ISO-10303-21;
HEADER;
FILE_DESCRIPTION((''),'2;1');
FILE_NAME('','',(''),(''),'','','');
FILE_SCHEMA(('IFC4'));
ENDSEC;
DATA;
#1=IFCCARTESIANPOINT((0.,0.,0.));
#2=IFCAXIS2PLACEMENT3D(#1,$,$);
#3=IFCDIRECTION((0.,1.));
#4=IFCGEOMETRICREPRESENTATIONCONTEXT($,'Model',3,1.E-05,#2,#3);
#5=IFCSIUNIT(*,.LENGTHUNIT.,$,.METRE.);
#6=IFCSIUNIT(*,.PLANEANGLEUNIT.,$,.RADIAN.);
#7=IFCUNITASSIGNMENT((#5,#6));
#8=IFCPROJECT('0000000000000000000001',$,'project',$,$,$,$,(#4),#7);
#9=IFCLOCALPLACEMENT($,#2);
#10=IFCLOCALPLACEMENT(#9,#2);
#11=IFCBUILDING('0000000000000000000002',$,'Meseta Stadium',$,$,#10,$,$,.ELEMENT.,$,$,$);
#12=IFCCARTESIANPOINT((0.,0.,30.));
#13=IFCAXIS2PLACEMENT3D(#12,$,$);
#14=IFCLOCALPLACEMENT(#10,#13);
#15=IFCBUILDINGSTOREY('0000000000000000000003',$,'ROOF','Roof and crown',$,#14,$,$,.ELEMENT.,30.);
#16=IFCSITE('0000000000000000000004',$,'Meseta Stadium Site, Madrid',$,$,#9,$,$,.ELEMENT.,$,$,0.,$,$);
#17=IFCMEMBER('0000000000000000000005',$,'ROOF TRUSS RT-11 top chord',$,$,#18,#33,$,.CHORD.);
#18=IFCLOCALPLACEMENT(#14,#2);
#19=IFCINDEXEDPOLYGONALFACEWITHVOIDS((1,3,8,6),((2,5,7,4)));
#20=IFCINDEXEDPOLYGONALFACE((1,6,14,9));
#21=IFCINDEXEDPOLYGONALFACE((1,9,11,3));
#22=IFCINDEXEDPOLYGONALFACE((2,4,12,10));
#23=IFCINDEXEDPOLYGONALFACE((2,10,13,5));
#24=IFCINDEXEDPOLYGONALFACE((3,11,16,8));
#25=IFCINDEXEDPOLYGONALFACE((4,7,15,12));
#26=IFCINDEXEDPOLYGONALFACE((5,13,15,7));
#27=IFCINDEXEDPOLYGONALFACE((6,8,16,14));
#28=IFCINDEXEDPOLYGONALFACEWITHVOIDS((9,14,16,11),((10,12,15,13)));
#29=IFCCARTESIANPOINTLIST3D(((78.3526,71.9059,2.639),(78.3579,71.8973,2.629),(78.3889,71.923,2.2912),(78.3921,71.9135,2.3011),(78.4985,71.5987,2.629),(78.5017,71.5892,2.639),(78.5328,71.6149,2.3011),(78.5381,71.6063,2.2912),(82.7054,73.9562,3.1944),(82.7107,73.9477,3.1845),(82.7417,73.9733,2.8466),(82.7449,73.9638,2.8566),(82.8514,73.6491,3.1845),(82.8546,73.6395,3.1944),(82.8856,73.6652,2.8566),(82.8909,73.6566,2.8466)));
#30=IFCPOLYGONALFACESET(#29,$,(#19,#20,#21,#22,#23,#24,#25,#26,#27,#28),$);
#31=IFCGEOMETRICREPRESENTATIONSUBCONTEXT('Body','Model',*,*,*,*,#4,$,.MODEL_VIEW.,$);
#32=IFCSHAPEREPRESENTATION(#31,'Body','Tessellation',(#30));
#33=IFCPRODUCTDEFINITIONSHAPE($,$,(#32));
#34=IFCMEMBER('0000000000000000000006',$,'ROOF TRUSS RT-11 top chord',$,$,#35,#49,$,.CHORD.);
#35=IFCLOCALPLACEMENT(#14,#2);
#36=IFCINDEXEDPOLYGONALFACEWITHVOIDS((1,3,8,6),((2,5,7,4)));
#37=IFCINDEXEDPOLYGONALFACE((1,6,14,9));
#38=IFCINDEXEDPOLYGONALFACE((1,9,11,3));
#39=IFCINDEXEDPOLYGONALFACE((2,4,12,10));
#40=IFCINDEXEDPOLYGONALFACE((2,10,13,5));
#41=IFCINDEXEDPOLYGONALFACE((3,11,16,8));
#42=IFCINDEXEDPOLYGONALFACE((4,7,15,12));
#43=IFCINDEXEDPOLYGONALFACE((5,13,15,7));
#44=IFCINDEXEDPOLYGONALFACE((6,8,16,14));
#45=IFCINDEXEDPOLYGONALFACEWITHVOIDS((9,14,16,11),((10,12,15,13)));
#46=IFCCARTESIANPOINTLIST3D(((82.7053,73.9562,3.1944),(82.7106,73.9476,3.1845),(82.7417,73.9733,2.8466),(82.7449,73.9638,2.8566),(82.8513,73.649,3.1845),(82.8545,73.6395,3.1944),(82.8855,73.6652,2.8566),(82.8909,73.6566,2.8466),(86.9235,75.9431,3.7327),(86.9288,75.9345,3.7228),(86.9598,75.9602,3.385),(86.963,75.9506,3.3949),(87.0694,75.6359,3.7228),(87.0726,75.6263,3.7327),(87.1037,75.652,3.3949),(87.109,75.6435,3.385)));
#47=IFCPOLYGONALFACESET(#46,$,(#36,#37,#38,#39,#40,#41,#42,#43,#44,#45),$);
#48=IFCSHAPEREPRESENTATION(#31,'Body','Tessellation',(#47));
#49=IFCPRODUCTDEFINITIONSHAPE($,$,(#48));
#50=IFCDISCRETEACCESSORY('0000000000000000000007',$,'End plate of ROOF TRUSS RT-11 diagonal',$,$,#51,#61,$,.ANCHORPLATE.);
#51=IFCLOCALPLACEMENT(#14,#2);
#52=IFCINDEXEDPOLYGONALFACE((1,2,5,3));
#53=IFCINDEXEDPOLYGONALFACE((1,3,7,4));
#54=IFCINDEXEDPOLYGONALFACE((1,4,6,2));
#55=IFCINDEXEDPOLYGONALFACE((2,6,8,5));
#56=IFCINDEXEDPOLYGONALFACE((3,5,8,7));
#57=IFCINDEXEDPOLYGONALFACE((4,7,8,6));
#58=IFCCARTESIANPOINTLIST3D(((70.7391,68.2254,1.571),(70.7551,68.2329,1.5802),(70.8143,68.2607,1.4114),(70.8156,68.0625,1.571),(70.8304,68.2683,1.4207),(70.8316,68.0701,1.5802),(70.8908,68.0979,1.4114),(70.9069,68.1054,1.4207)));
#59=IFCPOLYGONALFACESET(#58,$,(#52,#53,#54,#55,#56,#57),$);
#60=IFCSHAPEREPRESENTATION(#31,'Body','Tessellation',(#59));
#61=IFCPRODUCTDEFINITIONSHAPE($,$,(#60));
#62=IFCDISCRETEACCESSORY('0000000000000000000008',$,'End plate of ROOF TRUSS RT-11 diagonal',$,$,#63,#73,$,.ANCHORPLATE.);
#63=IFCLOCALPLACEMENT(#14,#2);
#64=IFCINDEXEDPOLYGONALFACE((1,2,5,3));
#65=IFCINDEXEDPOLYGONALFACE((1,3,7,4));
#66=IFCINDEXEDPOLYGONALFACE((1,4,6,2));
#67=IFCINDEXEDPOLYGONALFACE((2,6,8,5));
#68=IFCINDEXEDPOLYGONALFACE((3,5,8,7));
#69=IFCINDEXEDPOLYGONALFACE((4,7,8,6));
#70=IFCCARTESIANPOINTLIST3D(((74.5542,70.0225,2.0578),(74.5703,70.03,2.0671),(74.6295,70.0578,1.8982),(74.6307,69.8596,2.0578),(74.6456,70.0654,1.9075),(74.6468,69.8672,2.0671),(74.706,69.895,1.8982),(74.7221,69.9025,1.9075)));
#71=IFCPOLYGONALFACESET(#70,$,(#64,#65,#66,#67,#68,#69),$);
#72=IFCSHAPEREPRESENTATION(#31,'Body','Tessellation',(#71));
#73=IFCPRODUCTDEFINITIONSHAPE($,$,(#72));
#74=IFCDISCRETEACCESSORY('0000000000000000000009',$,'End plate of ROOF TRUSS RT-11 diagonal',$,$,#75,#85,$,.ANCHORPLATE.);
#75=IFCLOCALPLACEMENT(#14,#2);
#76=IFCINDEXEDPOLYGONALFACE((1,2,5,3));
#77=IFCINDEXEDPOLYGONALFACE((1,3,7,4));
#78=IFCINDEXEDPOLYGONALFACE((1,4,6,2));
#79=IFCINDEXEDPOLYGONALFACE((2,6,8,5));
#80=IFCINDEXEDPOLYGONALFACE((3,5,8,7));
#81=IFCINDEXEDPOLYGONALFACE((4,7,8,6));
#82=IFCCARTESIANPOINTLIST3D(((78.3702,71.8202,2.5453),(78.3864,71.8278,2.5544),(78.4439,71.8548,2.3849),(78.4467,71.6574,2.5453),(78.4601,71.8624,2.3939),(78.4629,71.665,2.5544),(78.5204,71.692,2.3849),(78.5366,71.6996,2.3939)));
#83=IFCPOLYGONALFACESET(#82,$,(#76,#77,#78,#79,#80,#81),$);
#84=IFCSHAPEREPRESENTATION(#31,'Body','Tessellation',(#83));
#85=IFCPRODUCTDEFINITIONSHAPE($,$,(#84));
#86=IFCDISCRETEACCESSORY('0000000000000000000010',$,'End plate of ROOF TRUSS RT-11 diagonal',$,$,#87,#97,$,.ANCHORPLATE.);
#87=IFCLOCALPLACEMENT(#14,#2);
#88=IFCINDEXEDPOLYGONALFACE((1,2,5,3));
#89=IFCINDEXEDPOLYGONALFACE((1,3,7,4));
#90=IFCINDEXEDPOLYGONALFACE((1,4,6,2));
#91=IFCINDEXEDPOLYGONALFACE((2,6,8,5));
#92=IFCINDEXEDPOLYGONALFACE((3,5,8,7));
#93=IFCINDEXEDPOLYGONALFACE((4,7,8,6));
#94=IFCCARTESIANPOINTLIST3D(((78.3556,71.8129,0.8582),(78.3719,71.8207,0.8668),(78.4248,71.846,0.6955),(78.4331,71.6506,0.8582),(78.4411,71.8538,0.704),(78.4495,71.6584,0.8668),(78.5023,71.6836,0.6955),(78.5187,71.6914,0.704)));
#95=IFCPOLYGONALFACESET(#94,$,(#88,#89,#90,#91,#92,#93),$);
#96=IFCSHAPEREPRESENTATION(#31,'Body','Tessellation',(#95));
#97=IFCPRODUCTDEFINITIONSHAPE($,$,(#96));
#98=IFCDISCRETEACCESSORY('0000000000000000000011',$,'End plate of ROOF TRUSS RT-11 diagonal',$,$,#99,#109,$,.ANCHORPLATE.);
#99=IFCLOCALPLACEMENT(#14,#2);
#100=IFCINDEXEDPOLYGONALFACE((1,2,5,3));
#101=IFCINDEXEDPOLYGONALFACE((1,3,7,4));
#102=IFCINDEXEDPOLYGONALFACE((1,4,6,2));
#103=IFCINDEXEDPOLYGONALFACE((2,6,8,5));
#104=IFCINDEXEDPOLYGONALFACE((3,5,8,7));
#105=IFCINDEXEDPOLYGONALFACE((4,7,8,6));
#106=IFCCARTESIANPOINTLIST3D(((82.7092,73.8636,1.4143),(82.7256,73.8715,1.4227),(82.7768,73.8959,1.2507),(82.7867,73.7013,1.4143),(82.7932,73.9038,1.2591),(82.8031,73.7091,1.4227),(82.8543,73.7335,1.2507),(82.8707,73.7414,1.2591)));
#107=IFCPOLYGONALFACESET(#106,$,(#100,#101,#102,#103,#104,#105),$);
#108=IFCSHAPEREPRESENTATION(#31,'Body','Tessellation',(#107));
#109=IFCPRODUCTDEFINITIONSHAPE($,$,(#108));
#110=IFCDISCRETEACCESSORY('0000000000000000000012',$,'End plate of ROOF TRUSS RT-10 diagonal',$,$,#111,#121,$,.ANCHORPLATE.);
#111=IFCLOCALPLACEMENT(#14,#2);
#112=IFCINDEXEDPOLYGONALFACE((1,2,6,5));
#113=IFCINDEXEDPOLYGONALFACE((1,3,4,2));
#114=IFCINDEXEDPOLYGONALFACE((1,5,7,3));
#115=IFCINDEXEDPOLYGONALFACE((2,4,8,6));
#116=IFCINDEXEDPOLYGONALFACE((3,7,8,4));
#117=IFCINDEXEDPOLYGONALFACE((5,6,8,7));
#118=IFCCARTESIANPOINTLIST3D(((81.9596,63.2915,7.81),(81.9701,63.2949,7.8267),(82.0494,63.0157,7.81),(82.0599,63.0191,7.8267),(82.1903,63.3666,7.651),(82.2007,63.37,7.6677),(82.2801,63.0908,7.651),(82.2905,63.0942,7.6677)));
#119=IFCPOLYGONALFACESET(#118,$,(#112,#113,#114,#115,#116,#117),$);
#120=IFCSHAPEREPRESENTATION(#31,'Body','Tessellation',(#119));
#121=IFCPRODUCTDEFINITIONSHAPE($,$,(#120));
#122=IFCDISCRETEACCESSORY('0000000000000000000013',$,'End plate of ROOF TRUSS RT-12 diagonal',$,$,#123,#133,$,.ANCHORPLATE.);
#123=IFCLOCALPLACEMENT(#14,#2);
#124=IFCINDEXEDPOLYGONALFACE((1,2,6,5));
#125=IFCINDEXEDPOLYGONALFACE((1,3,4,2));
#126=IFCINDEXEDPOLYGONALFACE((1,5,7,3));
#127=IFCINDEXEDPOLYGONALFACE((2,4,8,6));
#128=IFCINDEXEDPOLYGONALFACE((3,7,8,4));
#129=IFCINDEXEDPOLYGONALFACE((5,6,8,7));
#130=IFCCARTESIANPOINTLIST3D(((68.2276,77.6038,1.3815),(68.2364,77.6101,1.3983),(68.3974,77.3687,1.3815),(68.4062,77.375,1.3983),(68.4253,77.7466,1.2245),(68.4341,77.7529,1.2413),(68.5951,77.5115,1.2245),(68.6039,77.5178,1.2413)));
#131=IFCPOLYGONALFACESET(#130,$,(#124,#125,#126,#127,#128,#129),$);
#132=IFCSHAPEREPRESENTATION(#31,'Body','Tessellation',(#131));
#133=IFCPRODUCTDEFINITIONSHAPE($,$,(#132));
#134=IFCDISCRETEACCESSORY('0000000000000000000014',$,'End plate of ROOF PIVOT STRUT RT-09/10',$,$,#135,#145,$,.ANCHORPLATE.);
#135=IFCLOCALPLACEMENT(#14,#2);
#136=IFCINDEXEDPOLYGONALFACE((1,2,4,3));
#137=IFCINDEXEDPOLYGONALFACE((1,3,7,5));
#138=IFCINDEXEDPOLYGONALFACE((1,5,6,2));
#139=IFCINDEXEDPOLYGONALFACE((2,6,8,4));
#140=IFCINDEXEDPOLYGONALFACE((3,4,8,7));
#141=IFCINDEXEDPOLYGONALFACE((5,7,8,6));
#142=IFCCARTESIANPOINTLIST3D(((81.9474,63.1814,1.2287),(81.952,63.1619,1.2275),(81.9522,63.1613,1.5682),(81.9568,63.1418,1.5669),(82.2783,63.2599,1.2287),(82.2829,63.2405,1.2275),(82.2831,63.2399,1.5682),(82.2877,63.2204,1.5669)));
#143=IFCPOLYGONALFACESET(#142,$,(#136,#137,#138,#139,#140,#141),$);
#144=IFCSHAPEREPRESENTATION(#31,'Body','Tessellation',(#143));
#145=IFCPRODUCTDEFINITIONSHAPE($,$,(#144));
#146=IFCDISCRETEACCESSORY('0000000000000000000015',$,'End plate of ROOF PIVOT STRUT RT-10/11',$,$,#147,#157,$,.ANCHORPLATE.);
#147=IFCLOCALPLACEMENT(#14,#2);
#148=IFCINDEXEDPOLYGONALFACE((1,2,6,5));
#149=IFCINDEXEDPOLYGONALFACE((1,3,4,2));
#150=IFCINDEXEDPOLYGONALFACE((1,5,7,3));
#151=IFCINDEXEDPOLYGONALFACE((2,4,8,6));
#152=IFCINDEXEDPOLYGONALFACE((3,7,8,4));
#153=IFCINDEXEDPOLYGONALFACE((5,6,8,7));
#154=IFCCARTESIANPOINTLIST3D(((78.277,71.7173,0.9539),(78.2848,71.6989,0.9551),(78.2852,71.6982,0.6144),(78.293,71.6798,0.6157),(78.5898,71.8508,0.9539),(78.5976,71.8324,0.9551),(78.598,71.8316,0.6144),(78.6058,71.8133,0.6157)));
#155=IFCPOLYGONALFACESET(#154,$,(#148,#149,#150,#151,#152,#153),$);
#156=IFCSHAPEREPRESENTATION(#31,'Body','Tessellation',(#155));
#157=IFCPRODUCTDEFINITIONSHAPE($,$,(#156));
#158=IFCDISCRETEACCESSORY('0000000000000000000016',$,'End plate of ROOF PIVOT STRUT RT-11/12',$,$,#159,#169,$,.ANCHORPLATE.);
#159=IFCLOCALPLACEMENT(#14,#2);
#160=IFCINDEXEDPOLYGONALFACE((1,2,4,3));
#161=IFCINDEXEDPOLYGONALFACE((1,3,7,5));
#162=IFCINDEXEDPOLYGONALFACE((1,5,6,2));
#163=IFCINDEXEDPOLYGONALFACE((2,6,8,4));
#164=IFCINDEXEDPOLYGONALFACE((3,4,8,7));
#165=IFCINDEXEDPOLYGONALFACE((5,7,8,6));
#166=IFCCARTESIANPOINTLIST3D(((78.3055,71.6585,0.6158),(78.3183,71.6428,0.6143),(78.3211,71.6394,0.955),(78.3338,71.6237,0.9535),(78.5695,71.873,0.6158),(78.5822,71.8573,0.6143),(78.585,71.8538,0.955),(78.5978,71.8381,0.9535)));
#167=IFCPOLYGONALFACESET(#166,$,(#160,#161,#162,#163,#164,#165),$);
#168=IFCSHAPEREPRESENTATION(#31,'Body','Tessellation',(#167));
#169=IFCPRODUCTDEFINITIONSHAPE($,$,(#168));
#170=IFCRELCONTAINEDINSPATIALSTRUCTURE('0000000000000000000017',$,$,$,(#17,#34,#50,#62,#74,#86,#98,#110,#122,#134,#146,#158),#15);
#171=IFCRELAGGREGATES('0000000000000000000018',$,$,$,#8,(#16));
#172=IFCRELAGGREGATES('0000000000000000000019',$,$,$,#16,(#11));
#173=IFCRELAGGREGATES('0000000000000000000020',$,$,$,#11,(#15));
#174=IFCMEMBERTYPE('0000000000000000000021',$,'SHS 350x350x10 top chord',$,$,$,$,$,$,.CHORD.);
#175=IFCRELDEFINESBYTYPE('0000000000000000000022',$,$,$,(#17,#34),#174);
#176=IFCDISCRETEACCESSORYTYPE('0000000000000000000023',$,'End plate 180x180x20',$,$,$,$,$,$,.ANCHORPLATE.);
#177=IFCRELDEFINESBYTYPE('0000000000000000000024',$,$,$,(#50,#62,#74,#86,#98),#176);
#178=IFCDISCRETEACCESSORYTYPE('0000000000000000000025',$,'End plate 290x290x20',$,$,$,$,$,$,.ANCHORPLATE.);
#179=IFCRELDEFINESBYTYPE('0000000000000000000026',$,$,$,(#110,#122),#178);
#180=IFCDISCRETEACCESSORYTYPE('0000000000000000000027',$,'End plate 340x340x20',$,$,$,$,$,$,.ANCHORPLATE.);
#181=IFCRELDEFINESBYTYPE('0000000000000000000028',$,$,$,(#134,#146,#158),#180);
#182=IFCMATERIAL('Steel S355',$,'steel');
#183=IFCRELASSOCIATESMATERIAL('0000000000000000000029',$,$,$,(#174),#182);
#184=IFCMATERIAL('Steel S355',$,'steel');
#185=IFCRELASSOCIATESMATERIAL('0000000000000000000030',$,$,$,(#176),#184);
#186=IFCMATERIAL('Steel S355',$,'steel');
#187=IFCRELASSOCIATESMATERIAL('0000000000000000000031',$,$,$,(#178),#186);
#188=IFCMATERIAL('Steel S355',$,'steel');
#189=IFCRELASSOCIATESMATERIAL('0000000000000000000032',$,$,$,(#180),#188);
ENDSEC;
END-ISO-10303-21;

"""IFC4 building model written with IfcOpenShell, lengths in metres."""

from ifc_helpers import new_model, si_unit, direction, frame, origin, origin_2d, place, context, subcontext, project, spatial, rectangle, hollow_rectangle, extrude, material, material_profile, profile_set, type_object, element, save


model = new_model("IFC4")

# Units and contexts
model_context = context("Model", 3, precision=1e-05, world=origin(), true_north=direction((0.0, 1.0)))
body_context = subcontext(model_context, "Body", "Model", "MODEL_VIEW")
ifc_project = project(units=[si_unit("LENGTHUNIT", "METRE"), si_unit("PLANEANGLEUNIT", "RADIAN")], contexts=[model_context])

# Site, building, storey
site_placement = place(None, origin())
site = spatial("IfcSite", under=ifc_project, at=site_placement, Name="Meseta Stadium Site, Madrid", CompositionType="ELEMENT", RefElevation=0.0)
building_placement = place(site_placement, origin())
building = spatial("IfcBuilding", under=site, at=building_placement, Name="Meseta Stadium", CompositionType="ELEMENT")
storey_placement = place(building_placement, frame((0.0, 0.0, 30.0)))
storey = spatial("IfcBuildingStorey", under=building, at=storey_placement, Name="ROOF", Description="Roof and crown", CompositionType="ELEMENT", Elevation=30.0)

# Members
ifc_material_1 = material(Name="Steel S355", Category="steel")
ifc_material_profile_1 = material_profile(ifc_material_1, hollow_rectangle(XDim=0.3501, YDim=0.3501, WallThickness=0.01, at=origin_2d()), Name="SHS 350x350x10")
ifc_profile_set_1 = profile_set([ifc_material_profile_1], Name="Steel S355")
member_type_1 = type_object("IfcMemberType", Name="SHS 350x350x10 top chord", PredefinedType="CHORD", material=ifc_profile_set_1)
member_1_placement = place(storey_placement, frame((78.4453, 71.7561, 2.4651), z_axis=(0.898697, 0.423313, 0.114675), x_axis=(-0.426124, 0.904665, 0.0)))
element("IfcMember", 1, at=member_1_placement, inside=storey, type_object=member_type_1, Name="ROOF TRUSS RT-11 top chord", PredefinedType="CHORD", context=body_context, shape_type="SweptSolid", body=[
    extrude(hollow_rectangle(XDim=0.3501, YDim=0.3501, WallThickness=0.01, at=origin_2d()), origin(), (0.0, 0.0, 1.0), 4.8435),
])
member_2_placement = place(storey_placement, frame((82.7981, 73.8064, 3.0205), z_axis=(0.898694, 0.423313, 0.114697), x_axis=(-0.426125, 0.904664, 0.0)))
element("IfcMember", 2, at=member_2_placement, inside=storey, type_object=member_type_1, Name="ROOF TRUSS RT-11 top chord", PredefinedType="CHORD", context=body_context, shape_type="SweptSolid", body=[
    extrude(hollow_rectangle(XDim=0.3501, YDim=0.3501, WallThickness=0.01, at=origin_2d()), origin(), (0.0, 0.0, 1.0), 4.6936),
])

# Discrete accessories
ifc_material_2 = material(Name="Steel S355", Category="steel")
ifc_material_profile_2 = material_profile(ifc_material_2, rectangle(XDim=0.1799, YDim=0.1799, at=origin_2d()), Name="PL 180x180")
ifc_profile_set_2 = profile_set([ifc_material_profile_2], Name="Steel S355")
discrete_accessory_type_1 = type_object("IfcDiscreteAccessoryType", Name="End plate 180x180x20", PredefinedType="ANCHORPLATE", material=ifc_profile_set_2)
for number, where, z_axis, x_axis, name in (
    (3, (70.8149, 68.1616, 1.4912), (0.802673, 0.377013, 0.462145), (-0.425136, 0.905129, 0.0), "End plate of ROOF TRUSS RT-11 diagonal"),
    (4, (74.6301, 69.9587, 1.978), (0.802673, 0.377013, 0.462145), (-0.425136, 0.905129, 0.0), "End plate of ROOF TRUSS RT-11 diagonal"),
    (5, (78.4453, 71.7561, 2.4651), (0.807162, 0.379122, 0.4525), (-0.425136, 0.905129, 0.0), "End plate of ROOF TRUSS RT-11 diagonal"),
    (6, (78.429, 71.7483, 0.7769), (0.816224, 0.389838, 0.426386), (-0.430979, 0.902362, 0.0), "End plate of ROOF TRUSS RT-11 diagonal"),
    (7, (82.7817, 73.7986, 1.3325), (0.820436, 0.39185, 0.41634), (-0.430979, 0.902362, 0.0), "End plate of ROOF TRUSS RT-11 diagonal"),
):
    element("IfcDiscreteAccessory", number, at=place(storey_placement, frame(where, z_axis=z_axis, x_axis=x_axis)), inside=storey, type_object=discrete_accessory_type_1, Name=name, PredefinedType="ANCHORPLATE", context=body_context, shape_type="SweptSolid", body=[
        extrude(rectangle(XDim=0.1799, YDim=0.1799, at=origin_2d()), origin(), (0.0, 0.0, 1.0), 0.02),
    ])
ifc_material_3 = material(Name="Steel S355", Category="steel")
ifc_material_profile_3 = material_profile(ifc_material_3, rectangle(XDim=0.29, YDim=0.29, at=origin_2d()), Name="PL 290x290")
ifc_profile_set_3 = profile_set([ifc_material_profile_3], Name="Steel S355")
discrete_accessory_type_2 = type_object("IfcDiscreteAccessoryType", Name="End plate 290x290x20", PredefinedType="ANCHORPLATE", material=ifc_profile_set_3)
for number, where, z_axis, x_axis, name in (
    (8, (82.1199, 63.1912, 7.7305), (0.521222, 0.1697, 0.836379), (-0.309586, 0.950871, 0.0), "End plate of ROOF TRUSS RT-10 diagonal"),
    (9, (68.4114, 77.5576, 1.303), (0.438731, 0.316861, 0.840901), (-0.585491, 0.810679, 0.0), "End plate of ROOF TRUSS RT-12 diagonal"),
):
    element("IfcDiscreteAccessory", number, at=place(storey_placement, frame(where, z_axis=z_axis, x_axis=x_axis)), inside=storey, type_object=discrete_accessory_type_2, Name=name, PredefinedType="ANCHORPLATE", context=body_context, shape_type="SweptSolid", body=[
        extrude(rectangle(XDim=0.29, YDim=0.29, at=origin_2d()), origin(), (0.0, 0.0, 1.0), 0.02),
    ])
ifc_material_4 = material(Name="Steel S355", Category="steel")
ifc_material_profile_4 = material_profile(ifc_material_4, rectangle(XDim=0.3401, YDim=0.3401, at=origin_2d()), Name="PL 340x340")
ifc_profile_set_4 = profile_set([ifc_material_profile_4], Name="Steel S355")
discrete_accessory_type_3 = type_object("IfcDiscreteAccessoryType", Name="End plate 340x340x20", PredefinedType="ANCHORPLATE", material=ifc_profile_set_4)
for number, where, z_axis, x_axis, name in (
    (10, (82.1199, 63.1912, 1.3972), (-0.230646, 0.971143, 0.060696), (-0.972937, -0.231072, 0.0), "End plate of ROOF PIVOT STRUT RT-09/10"),
    (11, (78.4453, 71.7561, 0.7854), (-0.391703, 0.918054, -0.061204), (-0.919778, -0.392439, 0.0), "End plate of ROOF PIVOT STRUT RT-10/11"),
):
    element("IfcDiscreteAccessory", number, at=place(storey_placement, frame(where, z_axis=z_axis, x_axis=x_axis)), inside=storey, type_object=discrete_accessory_type_3, Name=name, PredefinedType="ANCHORPLATE", context=body_context, shape_type="SweptSolid", body=[
        extrude(rectangle(XDim=0.3401, YDim=0.3401, at=origin_2d()), origin(), (0.0, 0.0, 1.0), 0.02),
    ])
discrete_accessory_placement = place(storey_placement, frame((78.458, 71.7405, 0.7839), z_axis=(-0.62893, 0.774068, 0.072569), x_axis=(-0.776114, -0.630593, 0.0)))
element("IfcDiscreteAccessory", 12, at=discrete_accessory_placement, inside=storey, type_object=discrete_accessory_type_3, Name="End plate of ROOF PIVOT STRUT RT-11/12", PredefinedType="ANCHORPLATE", context=body_context, shape_type="SweptSolid", body=[
    extrude(rectangle(XDim=0.3401, YDim=0.3401, at=origin_2d()), origin(), (0.0, 0.0, 1.0), 0.0203),
])

save(model, "model.ifc")
